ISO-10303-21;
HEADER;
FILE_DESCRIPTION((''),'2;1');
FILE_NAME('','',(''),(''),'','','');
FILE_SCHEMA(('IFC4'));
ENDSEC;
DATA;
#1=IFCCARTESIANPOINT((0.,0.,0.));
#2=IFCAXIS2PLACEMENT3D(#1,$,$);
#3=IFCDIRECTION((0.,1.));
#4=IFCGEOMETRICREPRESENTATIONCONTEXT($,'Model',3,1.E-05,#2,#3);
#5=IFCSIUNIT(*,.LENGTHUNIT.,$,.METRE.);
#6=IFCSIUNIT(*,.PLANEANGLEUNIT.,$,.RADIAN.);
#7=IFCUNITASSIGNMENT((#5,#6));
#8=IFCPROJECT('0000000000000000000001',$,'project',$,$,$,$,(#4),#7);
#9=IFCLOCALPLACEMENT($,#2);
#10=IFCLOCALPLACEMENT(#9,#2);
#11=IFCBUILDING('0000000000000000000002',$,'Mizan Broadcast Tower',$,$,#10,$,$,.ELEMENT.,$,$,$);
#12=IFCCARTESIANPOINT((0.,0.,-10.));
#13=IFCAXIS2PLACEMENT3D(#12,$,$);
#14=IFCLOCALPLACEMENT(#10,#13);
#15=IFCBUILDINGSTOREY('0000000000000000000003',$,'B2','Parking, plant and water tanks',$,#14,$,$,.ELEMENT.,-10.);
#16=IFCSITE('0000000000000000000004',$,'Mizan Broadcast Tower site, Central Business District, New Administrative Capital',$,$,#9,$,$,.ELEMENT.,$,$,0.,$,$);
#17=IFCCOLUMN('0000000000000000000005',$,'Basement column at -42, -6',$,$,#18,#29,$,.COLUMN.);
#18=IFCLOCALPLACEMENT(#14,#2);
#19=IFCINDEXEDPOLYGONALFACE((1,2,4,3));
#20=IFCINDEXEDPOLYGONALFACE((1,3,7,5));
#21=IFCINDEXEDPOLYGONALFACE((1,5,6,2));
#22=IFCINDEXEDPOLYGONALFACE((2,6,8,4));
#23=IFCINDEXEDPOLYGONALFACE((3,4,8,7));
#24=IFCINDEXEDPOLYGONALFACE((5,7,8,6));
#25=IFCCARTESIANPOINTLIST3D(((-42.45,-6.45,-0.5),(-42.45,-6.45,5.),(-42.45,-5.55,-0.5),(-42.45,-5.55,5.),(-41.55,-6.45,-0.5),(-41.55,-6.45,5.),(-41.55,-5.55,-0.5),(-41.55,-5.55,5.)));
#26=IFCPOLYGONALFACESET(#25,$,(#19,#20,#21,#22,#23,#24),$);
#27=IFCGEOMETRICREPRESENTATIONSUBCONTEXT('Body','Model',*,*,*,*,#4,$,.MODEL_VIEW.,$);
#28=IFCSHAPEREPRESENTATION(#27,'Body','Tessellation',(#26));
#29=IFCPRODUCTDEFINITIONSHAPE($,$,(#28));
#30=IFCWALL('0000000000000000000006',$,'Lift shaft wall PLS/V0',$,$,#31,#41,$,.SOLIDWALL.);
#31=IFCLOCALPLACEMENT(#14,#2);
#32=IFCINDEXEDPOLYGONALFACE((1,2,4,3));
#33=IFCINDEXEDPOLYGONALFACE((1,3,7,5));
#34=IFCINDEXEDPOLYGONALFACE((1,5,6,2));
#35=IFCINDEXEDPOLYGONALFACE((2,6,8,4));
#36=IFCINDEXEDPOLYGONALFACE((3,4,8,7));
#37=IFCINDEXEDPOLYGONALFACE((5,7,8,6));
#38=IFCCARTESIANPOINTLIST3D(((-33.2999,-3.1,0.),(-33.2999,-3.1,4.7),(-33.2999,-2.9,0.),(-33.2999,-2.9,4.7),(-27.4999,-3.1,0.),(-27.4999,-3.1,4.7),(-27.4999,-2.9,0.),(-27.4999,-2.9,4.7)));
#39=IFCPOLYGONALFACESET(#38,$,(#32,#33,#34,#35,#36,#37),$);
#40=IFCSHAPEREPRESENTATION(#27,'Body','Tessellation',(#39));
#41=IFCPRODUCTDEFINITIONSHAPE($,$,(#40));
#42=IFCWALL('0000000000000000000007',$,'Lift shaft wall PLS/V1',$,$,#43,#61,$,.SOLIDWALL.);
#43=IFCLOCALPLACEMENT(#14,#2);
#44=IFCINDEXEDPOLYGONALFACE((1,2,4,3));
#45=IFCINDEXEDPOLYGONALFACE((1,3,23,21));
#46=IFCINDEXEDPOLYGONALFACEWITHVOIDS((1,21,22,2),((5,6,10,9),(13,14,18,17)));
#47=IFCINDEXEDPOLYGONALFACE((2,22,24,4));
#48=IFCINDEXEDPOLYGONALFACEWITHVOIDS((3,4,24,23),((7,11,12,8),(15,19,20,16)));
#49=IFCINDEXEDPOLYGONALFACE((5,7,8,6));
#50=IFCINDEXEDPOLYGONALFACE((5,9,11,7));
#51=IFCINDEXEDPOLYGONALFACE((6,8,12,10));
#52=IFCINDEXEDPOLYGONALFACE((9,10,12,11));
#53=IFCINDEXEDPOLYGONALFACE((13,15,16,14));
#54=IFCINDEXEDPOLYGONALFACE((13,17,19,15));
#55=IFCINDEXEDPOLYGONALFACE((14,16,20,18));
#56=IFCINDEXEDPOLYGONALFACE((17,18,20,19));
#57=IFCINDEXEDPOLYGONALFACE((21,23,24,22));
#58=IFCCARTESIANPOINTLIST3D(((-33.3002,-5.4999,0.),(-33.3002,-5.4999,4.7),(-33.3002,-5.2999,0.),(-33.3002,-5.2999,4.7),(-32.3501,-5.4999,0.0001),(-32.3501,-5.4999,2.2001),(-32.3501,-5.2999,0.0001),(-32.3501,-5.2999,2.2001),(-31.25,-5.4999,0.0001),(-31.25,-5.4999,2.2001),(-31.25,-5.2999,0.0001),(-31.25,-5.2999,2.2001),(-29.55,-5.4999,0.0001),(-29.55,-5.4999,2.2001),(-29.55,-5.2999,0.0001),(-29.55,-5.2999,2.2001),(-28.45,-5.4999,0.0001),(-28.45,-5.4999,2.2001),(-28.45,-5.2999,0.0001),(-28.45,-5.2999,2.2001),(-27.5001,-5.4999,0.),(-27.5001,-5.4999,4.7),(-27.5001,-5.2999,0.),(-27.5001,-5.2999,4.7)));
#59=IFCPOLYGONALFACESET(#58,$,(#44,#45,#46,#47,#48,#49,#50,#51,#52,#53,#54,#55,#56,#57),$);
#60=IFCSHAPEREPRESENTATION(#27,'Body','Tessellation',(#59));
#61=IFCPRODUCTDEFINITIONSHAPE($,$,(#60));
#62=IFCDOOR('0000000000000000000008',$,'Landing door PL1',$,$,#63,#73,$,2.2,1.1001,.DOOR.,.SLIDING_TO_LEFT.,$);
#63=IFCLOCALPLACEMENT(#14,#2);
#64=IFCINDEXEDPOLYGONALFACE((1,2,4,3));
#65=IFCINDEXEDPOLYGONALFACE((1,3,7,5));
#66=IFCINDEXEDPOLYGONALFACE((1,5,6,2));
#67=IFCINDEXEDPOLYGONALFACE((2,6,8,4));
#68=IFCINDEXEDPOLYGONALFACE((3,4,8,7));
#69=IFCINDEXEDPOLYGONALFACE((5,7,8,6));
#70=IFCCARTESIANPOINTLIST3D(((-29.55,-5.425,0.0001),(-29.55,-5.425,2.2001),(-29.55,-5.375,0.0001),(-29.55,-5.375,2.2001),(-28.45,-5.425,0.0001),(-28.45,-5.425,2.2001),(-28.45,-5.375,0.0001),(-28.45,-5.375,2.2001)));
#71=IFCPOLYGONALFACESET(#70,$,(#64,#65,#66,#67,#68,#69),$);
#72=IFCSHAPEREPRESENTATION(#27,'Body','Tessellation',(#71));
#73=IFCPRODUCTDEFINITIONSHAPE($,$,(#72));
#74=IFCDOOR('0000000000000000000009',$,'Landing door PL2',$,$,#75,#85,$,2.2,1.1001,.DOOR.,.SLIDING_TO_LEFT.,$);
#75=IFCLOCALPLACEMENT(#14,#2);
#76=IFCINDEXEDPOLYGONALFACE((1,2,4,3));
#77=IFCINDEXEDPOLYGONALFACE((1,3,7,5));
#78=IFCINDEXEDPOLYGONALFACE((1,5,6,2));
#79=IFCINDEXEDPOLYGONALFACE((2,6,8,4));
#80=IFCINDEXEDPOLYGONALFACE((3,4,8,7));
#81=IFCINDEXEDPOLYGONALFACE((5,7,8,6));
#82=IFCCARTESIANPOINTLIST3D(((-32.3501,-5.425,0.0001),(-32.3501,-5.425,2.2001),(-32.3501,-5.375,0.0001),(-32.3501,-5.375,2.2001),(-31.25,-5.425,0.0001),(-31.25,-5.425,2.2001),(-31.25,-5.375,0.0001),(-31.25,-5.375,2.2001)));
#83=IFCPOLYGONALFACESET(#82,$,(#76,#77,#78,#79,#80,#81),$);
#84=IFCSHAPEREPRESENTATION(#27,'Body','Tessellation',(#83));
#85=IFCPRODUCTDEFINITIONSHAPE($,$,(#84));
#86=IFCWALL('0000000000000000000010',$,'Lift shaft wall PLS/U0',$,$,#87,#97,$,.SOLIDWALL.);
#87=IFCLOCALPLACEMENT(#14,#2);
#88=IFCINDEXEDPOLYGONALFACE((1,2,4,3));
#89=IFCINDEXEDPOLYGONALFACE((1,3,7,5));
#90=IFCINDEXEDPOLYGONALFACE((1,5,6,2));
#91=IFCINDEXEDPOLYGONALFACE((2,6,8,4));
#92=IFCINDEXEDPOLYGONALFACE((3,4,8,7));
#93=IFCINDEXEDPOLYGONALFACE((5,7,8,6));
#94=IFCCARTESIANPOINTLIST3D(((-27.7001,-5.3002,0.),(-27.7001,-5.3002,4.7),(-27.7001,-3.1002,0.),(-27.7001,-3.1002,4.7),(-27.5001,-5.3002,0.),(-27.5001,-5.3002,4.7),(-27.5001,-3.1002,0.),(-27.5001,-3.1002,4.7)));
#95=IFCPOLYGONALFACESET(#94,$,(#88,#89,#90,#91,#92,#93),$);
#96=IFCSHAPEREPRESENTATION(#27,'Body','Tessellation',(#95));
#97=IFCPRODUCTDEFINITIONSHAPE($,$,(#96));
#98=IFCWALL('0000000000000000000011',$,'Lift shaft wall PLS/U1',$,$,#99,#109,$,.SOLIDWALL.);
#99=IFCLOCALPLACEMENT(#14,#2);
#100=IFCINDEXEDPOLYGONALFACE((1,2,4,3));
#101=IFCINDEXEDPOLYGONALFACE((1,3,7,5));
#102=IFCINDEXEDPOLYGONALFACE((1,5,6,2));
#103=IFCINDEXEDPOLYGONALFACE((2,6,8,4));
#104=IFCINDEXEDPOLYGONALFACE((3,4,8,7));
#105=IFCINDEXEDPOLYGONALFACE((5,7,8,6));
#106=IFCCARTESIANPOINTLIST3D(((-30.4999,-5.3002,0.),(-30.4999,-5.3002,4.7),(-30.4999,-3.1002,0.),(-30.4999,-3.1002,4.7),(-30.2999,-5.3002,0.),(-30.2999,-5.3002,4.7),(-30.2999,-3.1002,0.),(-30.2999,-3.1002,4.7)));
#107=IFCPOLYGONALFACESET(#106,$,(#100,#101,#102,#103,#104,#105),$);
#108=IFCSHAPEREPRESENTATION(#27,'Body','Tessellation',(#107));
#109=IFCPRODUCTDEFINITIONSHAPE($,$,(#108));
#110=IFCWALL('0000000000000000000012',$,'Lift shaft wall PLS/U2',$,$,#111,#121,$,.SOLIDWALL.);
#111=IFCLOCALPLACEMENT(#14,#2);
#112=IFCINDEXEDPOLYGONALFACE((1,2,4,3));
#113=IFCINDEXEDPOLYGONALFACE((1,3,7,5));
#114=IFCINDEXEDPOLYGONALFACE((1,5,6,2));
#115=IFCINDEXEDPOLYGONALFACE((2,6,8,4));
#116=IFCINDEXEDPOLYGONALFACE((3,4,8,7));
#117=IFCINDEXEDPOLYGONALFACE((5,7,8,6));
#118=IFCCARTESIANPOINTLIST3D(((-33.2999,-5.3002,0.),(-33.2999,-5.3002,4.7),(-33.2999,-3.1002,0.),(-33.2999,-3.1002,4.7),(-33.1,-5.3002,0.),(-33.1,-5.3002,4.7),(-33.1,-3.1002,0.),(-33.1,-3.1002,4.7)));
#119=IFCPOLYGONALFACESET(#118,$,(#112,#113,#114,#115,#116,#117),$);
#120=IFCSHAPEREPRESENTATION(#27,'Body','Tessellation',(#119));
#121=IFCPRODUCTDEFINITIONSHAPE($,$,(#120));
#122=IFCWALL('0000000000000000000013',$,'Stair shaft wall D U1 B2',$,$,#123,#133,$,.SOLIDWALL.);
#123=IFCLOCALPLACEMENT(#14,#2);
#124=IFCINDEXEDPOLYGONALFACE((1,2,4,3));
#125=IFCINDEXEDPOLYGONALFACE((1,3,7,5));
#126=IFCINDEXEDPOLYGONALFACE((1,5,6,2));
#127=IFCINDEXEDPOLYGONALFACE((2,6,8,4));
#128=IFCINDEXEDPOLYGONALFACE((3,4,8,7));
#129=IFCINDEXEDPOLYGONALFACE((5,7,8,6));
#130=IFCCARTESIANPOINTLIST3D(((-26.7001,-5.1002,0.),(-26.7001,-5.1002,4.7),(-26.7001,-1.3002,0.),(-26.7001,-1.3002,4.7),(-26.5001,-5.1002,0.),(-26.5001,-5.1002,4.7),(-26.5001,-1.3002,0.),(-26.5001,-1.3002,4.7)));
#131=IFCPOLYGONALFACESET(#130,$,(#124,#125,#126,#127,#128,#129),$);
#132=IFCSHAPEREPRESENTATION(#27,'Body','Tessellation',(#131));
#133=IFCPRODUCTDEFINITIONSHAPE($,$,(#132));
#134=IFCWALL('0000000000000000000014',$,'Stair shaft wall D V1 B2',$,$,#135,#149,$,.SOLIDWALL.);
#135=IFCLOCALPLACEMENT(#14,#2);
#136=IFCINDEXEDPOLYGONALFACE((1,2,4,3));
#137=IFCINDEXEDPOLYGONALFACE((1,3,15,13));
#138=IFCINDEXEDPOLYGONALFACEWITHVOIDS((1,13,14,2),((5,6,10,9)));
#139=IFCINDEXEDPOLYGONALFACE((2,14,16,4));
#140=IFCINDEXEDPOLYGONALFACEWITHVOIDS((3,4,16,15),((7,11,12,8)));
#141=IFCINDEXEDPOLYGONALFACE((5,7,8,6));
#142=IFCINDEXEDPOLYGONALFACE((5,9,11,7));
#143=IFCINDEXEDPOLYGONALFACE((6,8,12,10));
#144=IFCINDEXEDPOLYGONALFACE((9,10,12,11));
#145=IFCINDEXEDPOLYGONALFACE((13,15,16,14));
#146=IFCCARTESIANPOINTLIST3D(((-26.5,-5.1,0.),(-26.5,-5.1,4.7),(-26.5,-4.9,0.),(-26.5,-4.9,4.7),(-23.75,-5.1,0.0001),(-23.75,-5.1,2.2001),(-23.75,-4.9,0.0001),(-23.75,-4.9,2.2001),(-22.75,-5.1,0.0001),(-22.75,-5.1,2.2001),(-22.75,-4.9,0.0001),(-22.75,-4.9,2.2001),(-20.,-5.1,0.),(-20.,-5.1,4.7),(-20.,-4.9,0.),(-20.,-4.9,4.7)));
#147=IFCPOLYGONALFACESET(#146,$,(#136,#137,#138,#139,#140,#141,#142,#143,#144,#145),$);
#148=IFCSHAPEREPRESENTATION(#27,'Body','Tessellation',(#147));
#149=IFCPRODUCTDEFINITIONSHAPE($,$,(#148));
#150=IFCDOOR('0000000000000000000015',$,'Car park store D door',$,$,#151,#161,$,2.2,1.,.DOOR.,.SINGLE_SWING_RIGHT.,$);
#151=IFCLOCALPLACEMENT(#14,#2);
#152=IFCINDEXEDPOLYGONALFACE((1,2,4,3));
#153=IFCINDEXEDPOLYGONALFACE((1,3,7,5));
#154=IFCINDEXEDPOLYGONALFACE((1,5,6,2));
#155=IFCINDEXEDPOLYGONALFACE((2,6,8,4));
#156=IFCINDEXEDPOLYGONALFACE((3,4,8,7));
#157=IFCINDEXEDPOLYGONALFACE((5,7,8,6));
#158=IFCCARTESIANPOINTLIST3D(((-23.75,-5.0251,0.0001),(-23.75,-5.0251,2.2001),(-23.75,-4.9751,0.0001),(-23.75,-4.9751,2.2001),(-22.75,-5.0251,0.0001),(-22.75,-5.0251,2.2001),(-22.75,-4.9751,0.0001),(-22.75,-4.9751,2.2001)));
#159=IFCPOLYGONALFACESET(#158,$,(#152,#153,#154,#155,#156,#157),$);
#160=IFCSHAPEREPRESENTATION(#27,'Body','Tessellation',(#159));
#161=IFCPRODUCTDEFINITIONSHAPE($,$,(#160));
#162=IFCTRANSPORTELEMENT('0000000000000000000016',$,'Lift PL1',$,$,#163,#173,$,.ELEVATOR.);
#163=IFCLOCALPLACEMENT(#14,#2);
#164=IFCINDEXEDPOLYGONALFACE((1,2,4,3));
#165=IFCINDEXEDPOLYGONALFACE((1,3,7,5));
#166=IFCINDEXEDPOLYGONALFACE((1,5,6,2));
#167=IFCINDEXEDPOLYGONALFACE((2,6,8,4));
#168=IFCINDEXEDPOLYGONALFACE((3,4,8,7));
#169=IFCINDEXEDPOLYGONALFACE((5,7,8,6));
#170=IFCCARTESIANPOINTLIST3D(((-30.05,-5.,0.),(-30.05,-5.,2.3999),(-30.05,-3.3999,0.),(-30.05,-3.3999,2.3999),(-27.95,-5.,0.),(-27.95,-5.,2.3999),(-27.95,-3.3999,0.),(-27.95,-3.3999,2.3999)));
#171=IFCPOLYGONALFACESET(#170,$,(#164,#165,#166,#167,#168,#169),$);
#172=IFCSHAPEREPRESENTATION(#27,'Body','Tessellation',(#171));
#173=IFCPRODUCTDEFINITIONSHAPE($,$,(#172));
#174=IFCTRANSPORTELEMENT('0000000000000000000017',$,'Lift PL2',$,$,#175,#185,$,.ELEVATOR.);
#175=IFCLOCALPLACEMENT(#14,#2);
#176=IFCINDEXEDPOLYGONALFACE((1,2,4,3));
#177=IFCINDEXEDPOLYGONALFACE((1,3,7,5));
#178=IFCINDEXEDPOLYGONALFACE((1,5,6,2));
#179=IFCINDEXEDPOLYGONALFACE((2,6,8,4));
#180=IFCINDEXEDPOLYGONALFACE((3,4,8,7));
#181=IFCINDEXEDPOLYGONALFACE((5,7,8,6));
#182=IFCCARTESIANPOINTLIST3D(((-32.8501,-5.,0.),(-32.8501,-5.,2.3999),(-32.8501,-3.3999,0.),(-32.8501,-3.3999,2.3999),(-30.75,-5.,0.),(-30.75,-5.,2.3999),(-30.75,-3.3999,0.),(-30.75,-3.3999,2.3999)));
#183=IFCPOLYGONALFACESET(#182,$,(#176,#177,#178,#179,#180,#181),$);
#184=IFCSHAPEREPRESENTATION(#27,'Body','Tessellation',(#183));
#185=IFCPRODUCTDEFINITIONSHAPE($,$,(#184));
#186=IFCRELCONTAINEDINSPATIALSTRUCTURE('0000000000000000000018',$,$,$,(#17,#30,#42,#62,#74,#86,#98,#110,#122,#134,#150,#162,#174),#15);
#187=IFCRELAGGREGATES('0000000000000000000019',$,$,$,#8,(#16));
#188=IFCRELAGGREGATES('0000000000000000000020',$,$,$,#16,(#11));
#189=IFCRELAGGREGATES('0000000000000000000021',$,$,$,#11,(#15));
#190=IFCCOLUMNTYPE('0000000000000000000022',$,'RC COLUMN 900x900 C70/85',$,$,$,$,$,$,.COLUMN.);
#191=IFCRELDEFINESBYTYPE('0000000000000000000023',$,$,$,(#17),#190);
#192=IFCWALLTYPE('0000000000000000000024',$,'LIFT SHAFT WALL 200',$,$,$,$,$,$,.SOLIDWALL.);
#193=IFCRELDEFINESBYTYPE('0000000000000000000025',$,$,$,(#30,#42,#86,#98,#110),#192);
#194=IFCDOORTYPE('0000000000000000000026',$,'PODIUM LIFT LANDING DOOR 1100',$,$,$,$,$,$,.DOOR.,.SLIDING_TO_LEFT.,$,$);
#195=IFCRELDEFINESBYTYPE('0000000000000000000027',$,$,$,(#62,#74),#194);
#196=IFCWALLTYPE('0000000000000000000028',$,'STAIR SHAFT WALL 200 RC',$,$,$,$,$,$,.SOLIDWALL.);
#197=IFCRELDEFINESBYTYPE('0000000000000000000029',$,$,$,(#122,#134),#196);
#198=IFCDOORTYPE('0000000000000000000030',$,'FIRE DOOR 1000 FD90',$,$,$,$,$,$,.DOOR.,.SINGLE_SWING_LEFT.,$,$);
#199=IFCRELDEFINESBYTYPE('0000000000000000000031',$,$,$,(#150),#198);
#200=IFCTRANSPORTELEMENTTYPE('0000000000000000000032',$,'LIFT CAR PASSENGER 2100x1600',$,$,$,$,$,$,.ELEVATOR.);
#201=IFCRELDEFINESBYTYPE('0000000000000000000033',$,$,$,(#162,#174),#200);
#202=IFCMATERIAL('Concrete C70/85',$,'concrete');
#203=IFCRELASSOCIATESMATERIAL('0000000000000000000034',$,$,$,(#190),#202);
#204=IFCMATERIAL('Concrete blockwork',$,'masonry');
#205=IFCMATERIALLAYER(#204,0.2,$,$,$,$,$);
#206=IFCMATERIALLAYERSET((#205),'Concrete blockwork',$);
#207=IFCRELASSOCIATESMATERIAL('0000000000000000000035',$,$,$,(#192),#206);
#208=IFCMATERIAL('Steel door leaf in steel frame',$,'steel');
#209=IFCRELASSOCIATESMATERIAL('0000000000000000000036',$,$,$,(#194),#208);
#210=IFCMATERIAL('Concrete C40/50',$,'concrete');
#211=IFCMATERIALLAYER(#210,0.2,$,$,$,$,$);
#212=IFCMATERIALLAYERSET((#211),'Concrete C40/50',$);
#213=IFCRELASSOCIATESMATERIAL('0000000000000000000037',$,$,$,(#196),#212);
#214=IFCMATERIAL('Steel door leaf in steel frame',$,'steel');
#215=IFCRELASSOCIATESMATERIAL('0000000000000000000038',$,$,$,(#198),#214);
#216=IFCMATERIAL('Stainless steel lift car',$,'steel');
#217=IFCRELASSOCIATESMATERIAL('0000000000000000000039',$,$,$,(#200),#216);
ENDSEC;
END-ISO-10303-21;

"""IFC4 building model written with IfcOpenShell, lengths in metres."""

from ifc_helpers import new_model, si_unit, direction, frame, frame_2d, origin, origin_2d, place, context, subcontext, project, spatial, rectangle, extrude, material, layer, layer_set, material_profile, profile_set, type_object, element, fill, save


model = new_model("IFC4")

# Units and contexts
model_context = context("Model", 3, precision=1e-05, world=origin(), true_north=direction((0.0, 1.0)))
body_context = subcontext(model_context, "Body", "Model", "MODEL_VIEW")
ifc_project = project(units=[si_unit("LENGTHUNIT", "METRE"), si_unit("PLANEANGLEUNIT", "RADIAN")], contexts=[model_context])

# Site, building, storey
site_placement = place(None, origin())
site = spatial("IfcSite", under=ifc_project, at=site_placement, Name="Mizan Broadcast Tower site, Central Business District, New Administrative Capital", CompositionType="ELEMENT", RefElevation=0.0)
building_placement = place(site_placement, origin())
building = spatial("IfcBuilding", under=site, at=building_placement, Name="Mizan Broadcast Tower", CompositionType="ELEMENT")
storey_placement = place(building_placement, frame((0.0, 0.0, -10.0)))
storey = spatial("IfcBuildingStorey", under=building, at=storey_placement, Name="B2", Description="Parking, plant and water tanks", CompositionType="ELEMENT", Elevation=-10.0)

# Column
ifc_material_1 = material(Name="Concrete C70/85", Category="concrete")
ifc_material_profile_1 = material_profile(ifc_material_1, rectangle(XDim=0.8999, YDim=0.8999, at=origin_2d()), Name="RC 900x900")
ifc_profile_set_1 = profile_set([ifc_material_profile_1], Name="Concrete C70/85")
column_type_1 = type_object("IfcColumnType", Name="RC COLUMN 900x900 C70/85", PredefinedType="COLUMN", material=ifc_profile_set_1)
column_1_placement = place(storey_placement, frame((-42.0, -6.0, -0.5), z_axis=(0.0, 0.0, 1.0), x_axis=(1.0, 0.0, 0.0)))
element("IfcColumn", 1, at=column_1_placement, inside=storey, type_object=column_type_1, Name="Basement column at -42, -6", PredefinedType="COLUMN", context=body_context, shape_type="SweptSolid", body=[
    extrude(rectangle(XDim=0.8999, YDim=0.8999, at=origin_2d()), origin(), (0.0, 0.0, 1.0), 5.5),
])

# Wall
ifc_material_2 = material(Name="Concrete blockwork", Category="masonry")
ifc_layer_1 = layer(ifc_material_2, 0.2)
ifc_layer_set_1 = layer_set([ifc_layer_1], Name="Concrete blockwork")
wall_type_1 = type_object("IfcWallType", Name="LIFT SHAFT WALL 200", PredefinedType="SOLIDWALL", material=ifc_layer_set_1)
wall_1_placement = place(storey_placement, frame((-27.5, -3.0, 0.0), z_axis=(0.0, 0.0, 1.0), x_axis=(-1.0, 0.0, 0.0)))
element("IfcWall", 2, at=wall_1_placement, inside=storey, type_object=wall_type_1, Name="Lift shaft wall PLS/V0", PredefinedType="SOLIDWALL", context=body_context, shape_type="SweptSolid", body=[
    extrude(rectangle(XDim=5.8, YDim=0.2, at=frame_2d((2.8999, 0.0))), origin(), (0.0, 0.0, 1.0), 4.7),
])

# Wall, openings, doors
wall_2_placement = place(storey_placement, frame((-33.3, -5.3999, 0.0), z_axis=(0.0, 0.0, 1.0), x_axis=(1.0, 0.0, 0.0)))
wall_2 = element("IfcWall", 3, at=wall_2_placement, inside=storey, type_object=wall_type_1, Name="Lift shaft wall PLS/V1", PredefinedType="SOLIDWALL", context=body_context, shape_type="SweptSolid", body=[
    extrude(rectangle(XDim=5.8, YDim=0.2, at=frame_2d((2.8999, 0.0))), origin(), (0.0, 0.0, 1.0), 4.7),
])
opening_1_placement = place(wall_2_placement, frame((3.75, 0.0, 0.0)))
opening_1 = element("IfcOpeningElement", 4, at=opening_1_placement, cuts=wall_2, PredefinedType="OPENING", context=body_context, shape_type="SweptSolid", body=[
    extrude(rectangle(XDim=1.1001, YDim=2.2, at=frame_2d((0.55, 1.1001))), frame((0.0, 0.1099, 0.0), z_axis=(0.0, -1.0, 0.0), x_axis=(1.0, 0.0, 0.0)), (0.0, 0.0, 1.0), 0.22),
])
opening_2_placement = place(wall_2_placement, frame((0.95, 0.0, 0.0)))
opening_2 = element("IfcOpeningElement", 5, at=opening_2_placement, cuts=wall_2, PredefinedType="OPENING", context=body_context, shape_type="SweptSolid", body=[
    extrude(rectangle(XDim=1.1001, YDim=2.2, at=frame_2d((0.55, 1.1001))), frame((0.0, 0.1099, 0.0), z_axis=(0.0, -1.0, 0.0), x_axis=(1.0, 0.0, 0.0)), (0.0, 0.0, 1.0), 0.22),
])
ifc_material_3 = material(Name="Steel door leaf in steel frame", Category="steel")
door_type_1 = type_object("IfcDoorType", Name="PODIUM LIFT LANDING DOOR 1100", OperationType="SLIDING_TO_LEFT", PredefinedType="DOOR", material=ifc_material_3)
door_1_placement = place(opening_1_placement, origin())
door_1 = element("IfcDoor", 6, at=door_1_placement, inside=storey, type_object=door_type_1, Name="Landing door PL1", OperationType="SLIDING_TO_LEFT", OverallHeight=2.2, OverallWidth=1.1001, PredefinedType="DOOR", context=body_context, shape_type="SweptSolid", body=[
    extrude(rectangle(XDim=1.1001, YDim=2.2, at=frame_2d((0.55, 1.1001))), frame((0.0, 0.0249, 0.0), z_axis=(0.0, -1.0, 0.0), x_axis=(1.0, 0.0, 0.0)), (0.0, 0.0, 1.0), 0.05),
])
fill(opening_1, door_1)
door_2_placement = place(opening_2_placement, origin())
door_2 = element("IfcDoor", 7, at=door_2_placement, inside=storey, type_object=door_type_1, Name="Landing door PL2", OperationType="SLIDING_TO_LEFT", OverallHeight=2.2, OverallWidth=1.1001, PredefinedType="DOOR", context=body_context, shape_type="SweptSolid", body=[
    extrude(rectangle(XDim=1.1001, YDim=2.2, at=frame_2d((0.55, 1.1001))), frame((0.0, 0.0249, 0.0), z_axis=(0.0, -1.0, 0.0), x_axis=(1.0, 0.0, 0.0)), (0.0, 0.0, 1.0), 0.05),
])
fill(opening_2, door_2)

# Walls
for number, where, z_axis, x_axis, name in (
    (8, (-27.6001, -3.1001, 0.0), (0.0, 0.0, 1.0), (0.0, -1.0, 0.0), "Lift shaft wall PLS/U0"),
    (9, (-30.3999, -3.1001, 0.0), (0.0, 0.0, 1.0), (0.0, -1.0, 0.0), "Lift shaft wall PLS/U1"),
    (10, (-33.2, -3.1001, 0.0), (0.0, 0.0, 1.0), (0.0, -1.0, 0.0), "Lift shaft wall PLS/U2"),
):
    element("IfcWall", number, at=place(storey_placement, frame(where, z_axis=z_axis, x_axis=x_axis)), inside=storey, type_object=wall_type_1, Name=name, PredefinedType="SOLIDWALL", context=body_context, shape_type="SweptSolid", body=[
        extrude(rectangle(XDim=2.2, YDim=0.2, at=frame_2d((1.1001, 0.0))), origin(), (0.0, 0.0, 1.0), 4.7),
    ])
ifc_material_4 = material(Name="Concrete C40/50", Category="concrete")
ifc_layer_2 = layer(ifc_material_4, 0.2)
ifc_layer_set_2 = layer_set([ifc_layer_2], Name="Concrete C40/50")
wall_type_2 = type_object("IfcWallType", Name="STAIR SHAFT WALL 200 RC", PredefinedType="SOLIDWALL", material=ifc_layer_set_2)
wall_3_placement = place(storey_placement, frame((-26.6001, -5.1001, 0.0), z_axis=(0.0, 0.0, 1.0), x_axis=(0.0, 1.0, 0.0)))
element("IfcWall", 11, at=wall_3_placement, inside=storey, type_object=wall_type_2, Name="Stair shaft wall D U1 B2", PredefinedType="SOLIDWALL", context=body_context, shape_type="SweptSolid", body=[
    extrude(rectangle(XDim=3.8, YDim=0.2, at=frame_2d((1.8999, 0.0))), origin(), (0.0, 0.0, 1.0), 4.7),
])

# Wall, opening, door
wall_4_placement = place(storey_placement, frame((-26.5, -5.0, 0.0), z_axis=(0.0, 0.0, 1.0), x_axis=(1.0, 0.0, 0.0)))
wall_4 = element("IfcWall", 12, at=wall_4_placement, inside=storey, type_object=wall_type_2, Name="Stair shaft wall D V1 B2", PredefinedType="SOLIDWALL", context=body_context, shape_type="SweptSolid", body=[
    extrude(rectangle(XDim=6.5, YDim=0.2, at=frame_2d((3.25, 0.0))), origin(), (0.0, 0.0, 1.0), 4.7),
])
opening_3_placement = place(wall_4_placement, frame((2.75, 0.0, 0.0)))
opening_3 = element("IfcOpeningElement", 13, at=opening_3_placement, cuts=wall_4, PredefinedType="OPENING", context=body_context, shape_type="SweptSolid", body=[
    extrude(rectangle(XDim=1.0, YDim=2.2, at=frame_2d((0.5, 1.1001))), frame((0.0, 0.1099, 0.0), z_axis=(0.0, -1.0, 0.0), x_axis=(1.0, 0.0, 0.0)), (0.0, 0.0, 1.0), 0.22),
])
ifc_material_5 = material(Name="Steel door leaf in steel frame", Category="steel")
door_type_2 = type_object("IfcDoorType", Name="FIRE DOOR 1000 FD90", OperationType="SINGLE_SWING_LEFT", PredefinedType="DOOR", material=ifc_material_5)
door_3_placement = place(opening_3_placement, origin())
door_3 = element("IfcDoor", 14, at=door_3_placement, inside=storey, type_object=door_type_2, Name="Car park store D door", OperationType="SINGLE_SWING_RIGHT", OverallHeight=2.2, OverallWidth=1.0, PredefinedType="DOOR", context=body_context, shape_type="SweptSolid", body=[
    extrude(rectangle(XDim=1.0, YDim=2.2, at=frame_2d((0.5, 1.1001))), frame((0.0, 0.0249, 0.0), z_axis=(0.0, -1.0, 0.0), x_axis=(1.0, 0.0, 0.0)), (0.0, 0.0, 1.0), 0.05),
])
fill(opening_3, door_3)

# Transport elements
ifc_material_6 = material(Name="Stainless steel lift car", Category="steel")
transport_element_type = type_object("IfcTransportElementType", Name="LIFT CAR PASSENGER 2100x1600", PredefinedType="ELEVATOR", material=ifc_material_6)
for number, where, z_axis, x_axis, name in (
    (15, (-29.0, -4.2, 0.0), (0.0, 0.0, 1.0), (1.0, 0.0, 0.0), "Lift PL1"),
    (16, (-31.8, -4.2, 0.0), (0.0, 0.0, 1.0), (1.0, 0.0, 0.0), "Lift PL2"),
):
    element("IfcTransportElement", number, at=place(storey_placement, frame(where, z_axis=z_axis, x_axis=x_axis)), inside=storey, type_object=transport_element_type, Name=name, PredefinedType="ELEVATOR", context=body_context, shape_type="SweptSolid", body=[
        extrude(rectangle(XDim=2.1001, YDim=1.6001, at=origin_2d()), origin(), (0.0, 0.0, 1.0), 2.3999),
    ])

save(model, "model.ifc")
